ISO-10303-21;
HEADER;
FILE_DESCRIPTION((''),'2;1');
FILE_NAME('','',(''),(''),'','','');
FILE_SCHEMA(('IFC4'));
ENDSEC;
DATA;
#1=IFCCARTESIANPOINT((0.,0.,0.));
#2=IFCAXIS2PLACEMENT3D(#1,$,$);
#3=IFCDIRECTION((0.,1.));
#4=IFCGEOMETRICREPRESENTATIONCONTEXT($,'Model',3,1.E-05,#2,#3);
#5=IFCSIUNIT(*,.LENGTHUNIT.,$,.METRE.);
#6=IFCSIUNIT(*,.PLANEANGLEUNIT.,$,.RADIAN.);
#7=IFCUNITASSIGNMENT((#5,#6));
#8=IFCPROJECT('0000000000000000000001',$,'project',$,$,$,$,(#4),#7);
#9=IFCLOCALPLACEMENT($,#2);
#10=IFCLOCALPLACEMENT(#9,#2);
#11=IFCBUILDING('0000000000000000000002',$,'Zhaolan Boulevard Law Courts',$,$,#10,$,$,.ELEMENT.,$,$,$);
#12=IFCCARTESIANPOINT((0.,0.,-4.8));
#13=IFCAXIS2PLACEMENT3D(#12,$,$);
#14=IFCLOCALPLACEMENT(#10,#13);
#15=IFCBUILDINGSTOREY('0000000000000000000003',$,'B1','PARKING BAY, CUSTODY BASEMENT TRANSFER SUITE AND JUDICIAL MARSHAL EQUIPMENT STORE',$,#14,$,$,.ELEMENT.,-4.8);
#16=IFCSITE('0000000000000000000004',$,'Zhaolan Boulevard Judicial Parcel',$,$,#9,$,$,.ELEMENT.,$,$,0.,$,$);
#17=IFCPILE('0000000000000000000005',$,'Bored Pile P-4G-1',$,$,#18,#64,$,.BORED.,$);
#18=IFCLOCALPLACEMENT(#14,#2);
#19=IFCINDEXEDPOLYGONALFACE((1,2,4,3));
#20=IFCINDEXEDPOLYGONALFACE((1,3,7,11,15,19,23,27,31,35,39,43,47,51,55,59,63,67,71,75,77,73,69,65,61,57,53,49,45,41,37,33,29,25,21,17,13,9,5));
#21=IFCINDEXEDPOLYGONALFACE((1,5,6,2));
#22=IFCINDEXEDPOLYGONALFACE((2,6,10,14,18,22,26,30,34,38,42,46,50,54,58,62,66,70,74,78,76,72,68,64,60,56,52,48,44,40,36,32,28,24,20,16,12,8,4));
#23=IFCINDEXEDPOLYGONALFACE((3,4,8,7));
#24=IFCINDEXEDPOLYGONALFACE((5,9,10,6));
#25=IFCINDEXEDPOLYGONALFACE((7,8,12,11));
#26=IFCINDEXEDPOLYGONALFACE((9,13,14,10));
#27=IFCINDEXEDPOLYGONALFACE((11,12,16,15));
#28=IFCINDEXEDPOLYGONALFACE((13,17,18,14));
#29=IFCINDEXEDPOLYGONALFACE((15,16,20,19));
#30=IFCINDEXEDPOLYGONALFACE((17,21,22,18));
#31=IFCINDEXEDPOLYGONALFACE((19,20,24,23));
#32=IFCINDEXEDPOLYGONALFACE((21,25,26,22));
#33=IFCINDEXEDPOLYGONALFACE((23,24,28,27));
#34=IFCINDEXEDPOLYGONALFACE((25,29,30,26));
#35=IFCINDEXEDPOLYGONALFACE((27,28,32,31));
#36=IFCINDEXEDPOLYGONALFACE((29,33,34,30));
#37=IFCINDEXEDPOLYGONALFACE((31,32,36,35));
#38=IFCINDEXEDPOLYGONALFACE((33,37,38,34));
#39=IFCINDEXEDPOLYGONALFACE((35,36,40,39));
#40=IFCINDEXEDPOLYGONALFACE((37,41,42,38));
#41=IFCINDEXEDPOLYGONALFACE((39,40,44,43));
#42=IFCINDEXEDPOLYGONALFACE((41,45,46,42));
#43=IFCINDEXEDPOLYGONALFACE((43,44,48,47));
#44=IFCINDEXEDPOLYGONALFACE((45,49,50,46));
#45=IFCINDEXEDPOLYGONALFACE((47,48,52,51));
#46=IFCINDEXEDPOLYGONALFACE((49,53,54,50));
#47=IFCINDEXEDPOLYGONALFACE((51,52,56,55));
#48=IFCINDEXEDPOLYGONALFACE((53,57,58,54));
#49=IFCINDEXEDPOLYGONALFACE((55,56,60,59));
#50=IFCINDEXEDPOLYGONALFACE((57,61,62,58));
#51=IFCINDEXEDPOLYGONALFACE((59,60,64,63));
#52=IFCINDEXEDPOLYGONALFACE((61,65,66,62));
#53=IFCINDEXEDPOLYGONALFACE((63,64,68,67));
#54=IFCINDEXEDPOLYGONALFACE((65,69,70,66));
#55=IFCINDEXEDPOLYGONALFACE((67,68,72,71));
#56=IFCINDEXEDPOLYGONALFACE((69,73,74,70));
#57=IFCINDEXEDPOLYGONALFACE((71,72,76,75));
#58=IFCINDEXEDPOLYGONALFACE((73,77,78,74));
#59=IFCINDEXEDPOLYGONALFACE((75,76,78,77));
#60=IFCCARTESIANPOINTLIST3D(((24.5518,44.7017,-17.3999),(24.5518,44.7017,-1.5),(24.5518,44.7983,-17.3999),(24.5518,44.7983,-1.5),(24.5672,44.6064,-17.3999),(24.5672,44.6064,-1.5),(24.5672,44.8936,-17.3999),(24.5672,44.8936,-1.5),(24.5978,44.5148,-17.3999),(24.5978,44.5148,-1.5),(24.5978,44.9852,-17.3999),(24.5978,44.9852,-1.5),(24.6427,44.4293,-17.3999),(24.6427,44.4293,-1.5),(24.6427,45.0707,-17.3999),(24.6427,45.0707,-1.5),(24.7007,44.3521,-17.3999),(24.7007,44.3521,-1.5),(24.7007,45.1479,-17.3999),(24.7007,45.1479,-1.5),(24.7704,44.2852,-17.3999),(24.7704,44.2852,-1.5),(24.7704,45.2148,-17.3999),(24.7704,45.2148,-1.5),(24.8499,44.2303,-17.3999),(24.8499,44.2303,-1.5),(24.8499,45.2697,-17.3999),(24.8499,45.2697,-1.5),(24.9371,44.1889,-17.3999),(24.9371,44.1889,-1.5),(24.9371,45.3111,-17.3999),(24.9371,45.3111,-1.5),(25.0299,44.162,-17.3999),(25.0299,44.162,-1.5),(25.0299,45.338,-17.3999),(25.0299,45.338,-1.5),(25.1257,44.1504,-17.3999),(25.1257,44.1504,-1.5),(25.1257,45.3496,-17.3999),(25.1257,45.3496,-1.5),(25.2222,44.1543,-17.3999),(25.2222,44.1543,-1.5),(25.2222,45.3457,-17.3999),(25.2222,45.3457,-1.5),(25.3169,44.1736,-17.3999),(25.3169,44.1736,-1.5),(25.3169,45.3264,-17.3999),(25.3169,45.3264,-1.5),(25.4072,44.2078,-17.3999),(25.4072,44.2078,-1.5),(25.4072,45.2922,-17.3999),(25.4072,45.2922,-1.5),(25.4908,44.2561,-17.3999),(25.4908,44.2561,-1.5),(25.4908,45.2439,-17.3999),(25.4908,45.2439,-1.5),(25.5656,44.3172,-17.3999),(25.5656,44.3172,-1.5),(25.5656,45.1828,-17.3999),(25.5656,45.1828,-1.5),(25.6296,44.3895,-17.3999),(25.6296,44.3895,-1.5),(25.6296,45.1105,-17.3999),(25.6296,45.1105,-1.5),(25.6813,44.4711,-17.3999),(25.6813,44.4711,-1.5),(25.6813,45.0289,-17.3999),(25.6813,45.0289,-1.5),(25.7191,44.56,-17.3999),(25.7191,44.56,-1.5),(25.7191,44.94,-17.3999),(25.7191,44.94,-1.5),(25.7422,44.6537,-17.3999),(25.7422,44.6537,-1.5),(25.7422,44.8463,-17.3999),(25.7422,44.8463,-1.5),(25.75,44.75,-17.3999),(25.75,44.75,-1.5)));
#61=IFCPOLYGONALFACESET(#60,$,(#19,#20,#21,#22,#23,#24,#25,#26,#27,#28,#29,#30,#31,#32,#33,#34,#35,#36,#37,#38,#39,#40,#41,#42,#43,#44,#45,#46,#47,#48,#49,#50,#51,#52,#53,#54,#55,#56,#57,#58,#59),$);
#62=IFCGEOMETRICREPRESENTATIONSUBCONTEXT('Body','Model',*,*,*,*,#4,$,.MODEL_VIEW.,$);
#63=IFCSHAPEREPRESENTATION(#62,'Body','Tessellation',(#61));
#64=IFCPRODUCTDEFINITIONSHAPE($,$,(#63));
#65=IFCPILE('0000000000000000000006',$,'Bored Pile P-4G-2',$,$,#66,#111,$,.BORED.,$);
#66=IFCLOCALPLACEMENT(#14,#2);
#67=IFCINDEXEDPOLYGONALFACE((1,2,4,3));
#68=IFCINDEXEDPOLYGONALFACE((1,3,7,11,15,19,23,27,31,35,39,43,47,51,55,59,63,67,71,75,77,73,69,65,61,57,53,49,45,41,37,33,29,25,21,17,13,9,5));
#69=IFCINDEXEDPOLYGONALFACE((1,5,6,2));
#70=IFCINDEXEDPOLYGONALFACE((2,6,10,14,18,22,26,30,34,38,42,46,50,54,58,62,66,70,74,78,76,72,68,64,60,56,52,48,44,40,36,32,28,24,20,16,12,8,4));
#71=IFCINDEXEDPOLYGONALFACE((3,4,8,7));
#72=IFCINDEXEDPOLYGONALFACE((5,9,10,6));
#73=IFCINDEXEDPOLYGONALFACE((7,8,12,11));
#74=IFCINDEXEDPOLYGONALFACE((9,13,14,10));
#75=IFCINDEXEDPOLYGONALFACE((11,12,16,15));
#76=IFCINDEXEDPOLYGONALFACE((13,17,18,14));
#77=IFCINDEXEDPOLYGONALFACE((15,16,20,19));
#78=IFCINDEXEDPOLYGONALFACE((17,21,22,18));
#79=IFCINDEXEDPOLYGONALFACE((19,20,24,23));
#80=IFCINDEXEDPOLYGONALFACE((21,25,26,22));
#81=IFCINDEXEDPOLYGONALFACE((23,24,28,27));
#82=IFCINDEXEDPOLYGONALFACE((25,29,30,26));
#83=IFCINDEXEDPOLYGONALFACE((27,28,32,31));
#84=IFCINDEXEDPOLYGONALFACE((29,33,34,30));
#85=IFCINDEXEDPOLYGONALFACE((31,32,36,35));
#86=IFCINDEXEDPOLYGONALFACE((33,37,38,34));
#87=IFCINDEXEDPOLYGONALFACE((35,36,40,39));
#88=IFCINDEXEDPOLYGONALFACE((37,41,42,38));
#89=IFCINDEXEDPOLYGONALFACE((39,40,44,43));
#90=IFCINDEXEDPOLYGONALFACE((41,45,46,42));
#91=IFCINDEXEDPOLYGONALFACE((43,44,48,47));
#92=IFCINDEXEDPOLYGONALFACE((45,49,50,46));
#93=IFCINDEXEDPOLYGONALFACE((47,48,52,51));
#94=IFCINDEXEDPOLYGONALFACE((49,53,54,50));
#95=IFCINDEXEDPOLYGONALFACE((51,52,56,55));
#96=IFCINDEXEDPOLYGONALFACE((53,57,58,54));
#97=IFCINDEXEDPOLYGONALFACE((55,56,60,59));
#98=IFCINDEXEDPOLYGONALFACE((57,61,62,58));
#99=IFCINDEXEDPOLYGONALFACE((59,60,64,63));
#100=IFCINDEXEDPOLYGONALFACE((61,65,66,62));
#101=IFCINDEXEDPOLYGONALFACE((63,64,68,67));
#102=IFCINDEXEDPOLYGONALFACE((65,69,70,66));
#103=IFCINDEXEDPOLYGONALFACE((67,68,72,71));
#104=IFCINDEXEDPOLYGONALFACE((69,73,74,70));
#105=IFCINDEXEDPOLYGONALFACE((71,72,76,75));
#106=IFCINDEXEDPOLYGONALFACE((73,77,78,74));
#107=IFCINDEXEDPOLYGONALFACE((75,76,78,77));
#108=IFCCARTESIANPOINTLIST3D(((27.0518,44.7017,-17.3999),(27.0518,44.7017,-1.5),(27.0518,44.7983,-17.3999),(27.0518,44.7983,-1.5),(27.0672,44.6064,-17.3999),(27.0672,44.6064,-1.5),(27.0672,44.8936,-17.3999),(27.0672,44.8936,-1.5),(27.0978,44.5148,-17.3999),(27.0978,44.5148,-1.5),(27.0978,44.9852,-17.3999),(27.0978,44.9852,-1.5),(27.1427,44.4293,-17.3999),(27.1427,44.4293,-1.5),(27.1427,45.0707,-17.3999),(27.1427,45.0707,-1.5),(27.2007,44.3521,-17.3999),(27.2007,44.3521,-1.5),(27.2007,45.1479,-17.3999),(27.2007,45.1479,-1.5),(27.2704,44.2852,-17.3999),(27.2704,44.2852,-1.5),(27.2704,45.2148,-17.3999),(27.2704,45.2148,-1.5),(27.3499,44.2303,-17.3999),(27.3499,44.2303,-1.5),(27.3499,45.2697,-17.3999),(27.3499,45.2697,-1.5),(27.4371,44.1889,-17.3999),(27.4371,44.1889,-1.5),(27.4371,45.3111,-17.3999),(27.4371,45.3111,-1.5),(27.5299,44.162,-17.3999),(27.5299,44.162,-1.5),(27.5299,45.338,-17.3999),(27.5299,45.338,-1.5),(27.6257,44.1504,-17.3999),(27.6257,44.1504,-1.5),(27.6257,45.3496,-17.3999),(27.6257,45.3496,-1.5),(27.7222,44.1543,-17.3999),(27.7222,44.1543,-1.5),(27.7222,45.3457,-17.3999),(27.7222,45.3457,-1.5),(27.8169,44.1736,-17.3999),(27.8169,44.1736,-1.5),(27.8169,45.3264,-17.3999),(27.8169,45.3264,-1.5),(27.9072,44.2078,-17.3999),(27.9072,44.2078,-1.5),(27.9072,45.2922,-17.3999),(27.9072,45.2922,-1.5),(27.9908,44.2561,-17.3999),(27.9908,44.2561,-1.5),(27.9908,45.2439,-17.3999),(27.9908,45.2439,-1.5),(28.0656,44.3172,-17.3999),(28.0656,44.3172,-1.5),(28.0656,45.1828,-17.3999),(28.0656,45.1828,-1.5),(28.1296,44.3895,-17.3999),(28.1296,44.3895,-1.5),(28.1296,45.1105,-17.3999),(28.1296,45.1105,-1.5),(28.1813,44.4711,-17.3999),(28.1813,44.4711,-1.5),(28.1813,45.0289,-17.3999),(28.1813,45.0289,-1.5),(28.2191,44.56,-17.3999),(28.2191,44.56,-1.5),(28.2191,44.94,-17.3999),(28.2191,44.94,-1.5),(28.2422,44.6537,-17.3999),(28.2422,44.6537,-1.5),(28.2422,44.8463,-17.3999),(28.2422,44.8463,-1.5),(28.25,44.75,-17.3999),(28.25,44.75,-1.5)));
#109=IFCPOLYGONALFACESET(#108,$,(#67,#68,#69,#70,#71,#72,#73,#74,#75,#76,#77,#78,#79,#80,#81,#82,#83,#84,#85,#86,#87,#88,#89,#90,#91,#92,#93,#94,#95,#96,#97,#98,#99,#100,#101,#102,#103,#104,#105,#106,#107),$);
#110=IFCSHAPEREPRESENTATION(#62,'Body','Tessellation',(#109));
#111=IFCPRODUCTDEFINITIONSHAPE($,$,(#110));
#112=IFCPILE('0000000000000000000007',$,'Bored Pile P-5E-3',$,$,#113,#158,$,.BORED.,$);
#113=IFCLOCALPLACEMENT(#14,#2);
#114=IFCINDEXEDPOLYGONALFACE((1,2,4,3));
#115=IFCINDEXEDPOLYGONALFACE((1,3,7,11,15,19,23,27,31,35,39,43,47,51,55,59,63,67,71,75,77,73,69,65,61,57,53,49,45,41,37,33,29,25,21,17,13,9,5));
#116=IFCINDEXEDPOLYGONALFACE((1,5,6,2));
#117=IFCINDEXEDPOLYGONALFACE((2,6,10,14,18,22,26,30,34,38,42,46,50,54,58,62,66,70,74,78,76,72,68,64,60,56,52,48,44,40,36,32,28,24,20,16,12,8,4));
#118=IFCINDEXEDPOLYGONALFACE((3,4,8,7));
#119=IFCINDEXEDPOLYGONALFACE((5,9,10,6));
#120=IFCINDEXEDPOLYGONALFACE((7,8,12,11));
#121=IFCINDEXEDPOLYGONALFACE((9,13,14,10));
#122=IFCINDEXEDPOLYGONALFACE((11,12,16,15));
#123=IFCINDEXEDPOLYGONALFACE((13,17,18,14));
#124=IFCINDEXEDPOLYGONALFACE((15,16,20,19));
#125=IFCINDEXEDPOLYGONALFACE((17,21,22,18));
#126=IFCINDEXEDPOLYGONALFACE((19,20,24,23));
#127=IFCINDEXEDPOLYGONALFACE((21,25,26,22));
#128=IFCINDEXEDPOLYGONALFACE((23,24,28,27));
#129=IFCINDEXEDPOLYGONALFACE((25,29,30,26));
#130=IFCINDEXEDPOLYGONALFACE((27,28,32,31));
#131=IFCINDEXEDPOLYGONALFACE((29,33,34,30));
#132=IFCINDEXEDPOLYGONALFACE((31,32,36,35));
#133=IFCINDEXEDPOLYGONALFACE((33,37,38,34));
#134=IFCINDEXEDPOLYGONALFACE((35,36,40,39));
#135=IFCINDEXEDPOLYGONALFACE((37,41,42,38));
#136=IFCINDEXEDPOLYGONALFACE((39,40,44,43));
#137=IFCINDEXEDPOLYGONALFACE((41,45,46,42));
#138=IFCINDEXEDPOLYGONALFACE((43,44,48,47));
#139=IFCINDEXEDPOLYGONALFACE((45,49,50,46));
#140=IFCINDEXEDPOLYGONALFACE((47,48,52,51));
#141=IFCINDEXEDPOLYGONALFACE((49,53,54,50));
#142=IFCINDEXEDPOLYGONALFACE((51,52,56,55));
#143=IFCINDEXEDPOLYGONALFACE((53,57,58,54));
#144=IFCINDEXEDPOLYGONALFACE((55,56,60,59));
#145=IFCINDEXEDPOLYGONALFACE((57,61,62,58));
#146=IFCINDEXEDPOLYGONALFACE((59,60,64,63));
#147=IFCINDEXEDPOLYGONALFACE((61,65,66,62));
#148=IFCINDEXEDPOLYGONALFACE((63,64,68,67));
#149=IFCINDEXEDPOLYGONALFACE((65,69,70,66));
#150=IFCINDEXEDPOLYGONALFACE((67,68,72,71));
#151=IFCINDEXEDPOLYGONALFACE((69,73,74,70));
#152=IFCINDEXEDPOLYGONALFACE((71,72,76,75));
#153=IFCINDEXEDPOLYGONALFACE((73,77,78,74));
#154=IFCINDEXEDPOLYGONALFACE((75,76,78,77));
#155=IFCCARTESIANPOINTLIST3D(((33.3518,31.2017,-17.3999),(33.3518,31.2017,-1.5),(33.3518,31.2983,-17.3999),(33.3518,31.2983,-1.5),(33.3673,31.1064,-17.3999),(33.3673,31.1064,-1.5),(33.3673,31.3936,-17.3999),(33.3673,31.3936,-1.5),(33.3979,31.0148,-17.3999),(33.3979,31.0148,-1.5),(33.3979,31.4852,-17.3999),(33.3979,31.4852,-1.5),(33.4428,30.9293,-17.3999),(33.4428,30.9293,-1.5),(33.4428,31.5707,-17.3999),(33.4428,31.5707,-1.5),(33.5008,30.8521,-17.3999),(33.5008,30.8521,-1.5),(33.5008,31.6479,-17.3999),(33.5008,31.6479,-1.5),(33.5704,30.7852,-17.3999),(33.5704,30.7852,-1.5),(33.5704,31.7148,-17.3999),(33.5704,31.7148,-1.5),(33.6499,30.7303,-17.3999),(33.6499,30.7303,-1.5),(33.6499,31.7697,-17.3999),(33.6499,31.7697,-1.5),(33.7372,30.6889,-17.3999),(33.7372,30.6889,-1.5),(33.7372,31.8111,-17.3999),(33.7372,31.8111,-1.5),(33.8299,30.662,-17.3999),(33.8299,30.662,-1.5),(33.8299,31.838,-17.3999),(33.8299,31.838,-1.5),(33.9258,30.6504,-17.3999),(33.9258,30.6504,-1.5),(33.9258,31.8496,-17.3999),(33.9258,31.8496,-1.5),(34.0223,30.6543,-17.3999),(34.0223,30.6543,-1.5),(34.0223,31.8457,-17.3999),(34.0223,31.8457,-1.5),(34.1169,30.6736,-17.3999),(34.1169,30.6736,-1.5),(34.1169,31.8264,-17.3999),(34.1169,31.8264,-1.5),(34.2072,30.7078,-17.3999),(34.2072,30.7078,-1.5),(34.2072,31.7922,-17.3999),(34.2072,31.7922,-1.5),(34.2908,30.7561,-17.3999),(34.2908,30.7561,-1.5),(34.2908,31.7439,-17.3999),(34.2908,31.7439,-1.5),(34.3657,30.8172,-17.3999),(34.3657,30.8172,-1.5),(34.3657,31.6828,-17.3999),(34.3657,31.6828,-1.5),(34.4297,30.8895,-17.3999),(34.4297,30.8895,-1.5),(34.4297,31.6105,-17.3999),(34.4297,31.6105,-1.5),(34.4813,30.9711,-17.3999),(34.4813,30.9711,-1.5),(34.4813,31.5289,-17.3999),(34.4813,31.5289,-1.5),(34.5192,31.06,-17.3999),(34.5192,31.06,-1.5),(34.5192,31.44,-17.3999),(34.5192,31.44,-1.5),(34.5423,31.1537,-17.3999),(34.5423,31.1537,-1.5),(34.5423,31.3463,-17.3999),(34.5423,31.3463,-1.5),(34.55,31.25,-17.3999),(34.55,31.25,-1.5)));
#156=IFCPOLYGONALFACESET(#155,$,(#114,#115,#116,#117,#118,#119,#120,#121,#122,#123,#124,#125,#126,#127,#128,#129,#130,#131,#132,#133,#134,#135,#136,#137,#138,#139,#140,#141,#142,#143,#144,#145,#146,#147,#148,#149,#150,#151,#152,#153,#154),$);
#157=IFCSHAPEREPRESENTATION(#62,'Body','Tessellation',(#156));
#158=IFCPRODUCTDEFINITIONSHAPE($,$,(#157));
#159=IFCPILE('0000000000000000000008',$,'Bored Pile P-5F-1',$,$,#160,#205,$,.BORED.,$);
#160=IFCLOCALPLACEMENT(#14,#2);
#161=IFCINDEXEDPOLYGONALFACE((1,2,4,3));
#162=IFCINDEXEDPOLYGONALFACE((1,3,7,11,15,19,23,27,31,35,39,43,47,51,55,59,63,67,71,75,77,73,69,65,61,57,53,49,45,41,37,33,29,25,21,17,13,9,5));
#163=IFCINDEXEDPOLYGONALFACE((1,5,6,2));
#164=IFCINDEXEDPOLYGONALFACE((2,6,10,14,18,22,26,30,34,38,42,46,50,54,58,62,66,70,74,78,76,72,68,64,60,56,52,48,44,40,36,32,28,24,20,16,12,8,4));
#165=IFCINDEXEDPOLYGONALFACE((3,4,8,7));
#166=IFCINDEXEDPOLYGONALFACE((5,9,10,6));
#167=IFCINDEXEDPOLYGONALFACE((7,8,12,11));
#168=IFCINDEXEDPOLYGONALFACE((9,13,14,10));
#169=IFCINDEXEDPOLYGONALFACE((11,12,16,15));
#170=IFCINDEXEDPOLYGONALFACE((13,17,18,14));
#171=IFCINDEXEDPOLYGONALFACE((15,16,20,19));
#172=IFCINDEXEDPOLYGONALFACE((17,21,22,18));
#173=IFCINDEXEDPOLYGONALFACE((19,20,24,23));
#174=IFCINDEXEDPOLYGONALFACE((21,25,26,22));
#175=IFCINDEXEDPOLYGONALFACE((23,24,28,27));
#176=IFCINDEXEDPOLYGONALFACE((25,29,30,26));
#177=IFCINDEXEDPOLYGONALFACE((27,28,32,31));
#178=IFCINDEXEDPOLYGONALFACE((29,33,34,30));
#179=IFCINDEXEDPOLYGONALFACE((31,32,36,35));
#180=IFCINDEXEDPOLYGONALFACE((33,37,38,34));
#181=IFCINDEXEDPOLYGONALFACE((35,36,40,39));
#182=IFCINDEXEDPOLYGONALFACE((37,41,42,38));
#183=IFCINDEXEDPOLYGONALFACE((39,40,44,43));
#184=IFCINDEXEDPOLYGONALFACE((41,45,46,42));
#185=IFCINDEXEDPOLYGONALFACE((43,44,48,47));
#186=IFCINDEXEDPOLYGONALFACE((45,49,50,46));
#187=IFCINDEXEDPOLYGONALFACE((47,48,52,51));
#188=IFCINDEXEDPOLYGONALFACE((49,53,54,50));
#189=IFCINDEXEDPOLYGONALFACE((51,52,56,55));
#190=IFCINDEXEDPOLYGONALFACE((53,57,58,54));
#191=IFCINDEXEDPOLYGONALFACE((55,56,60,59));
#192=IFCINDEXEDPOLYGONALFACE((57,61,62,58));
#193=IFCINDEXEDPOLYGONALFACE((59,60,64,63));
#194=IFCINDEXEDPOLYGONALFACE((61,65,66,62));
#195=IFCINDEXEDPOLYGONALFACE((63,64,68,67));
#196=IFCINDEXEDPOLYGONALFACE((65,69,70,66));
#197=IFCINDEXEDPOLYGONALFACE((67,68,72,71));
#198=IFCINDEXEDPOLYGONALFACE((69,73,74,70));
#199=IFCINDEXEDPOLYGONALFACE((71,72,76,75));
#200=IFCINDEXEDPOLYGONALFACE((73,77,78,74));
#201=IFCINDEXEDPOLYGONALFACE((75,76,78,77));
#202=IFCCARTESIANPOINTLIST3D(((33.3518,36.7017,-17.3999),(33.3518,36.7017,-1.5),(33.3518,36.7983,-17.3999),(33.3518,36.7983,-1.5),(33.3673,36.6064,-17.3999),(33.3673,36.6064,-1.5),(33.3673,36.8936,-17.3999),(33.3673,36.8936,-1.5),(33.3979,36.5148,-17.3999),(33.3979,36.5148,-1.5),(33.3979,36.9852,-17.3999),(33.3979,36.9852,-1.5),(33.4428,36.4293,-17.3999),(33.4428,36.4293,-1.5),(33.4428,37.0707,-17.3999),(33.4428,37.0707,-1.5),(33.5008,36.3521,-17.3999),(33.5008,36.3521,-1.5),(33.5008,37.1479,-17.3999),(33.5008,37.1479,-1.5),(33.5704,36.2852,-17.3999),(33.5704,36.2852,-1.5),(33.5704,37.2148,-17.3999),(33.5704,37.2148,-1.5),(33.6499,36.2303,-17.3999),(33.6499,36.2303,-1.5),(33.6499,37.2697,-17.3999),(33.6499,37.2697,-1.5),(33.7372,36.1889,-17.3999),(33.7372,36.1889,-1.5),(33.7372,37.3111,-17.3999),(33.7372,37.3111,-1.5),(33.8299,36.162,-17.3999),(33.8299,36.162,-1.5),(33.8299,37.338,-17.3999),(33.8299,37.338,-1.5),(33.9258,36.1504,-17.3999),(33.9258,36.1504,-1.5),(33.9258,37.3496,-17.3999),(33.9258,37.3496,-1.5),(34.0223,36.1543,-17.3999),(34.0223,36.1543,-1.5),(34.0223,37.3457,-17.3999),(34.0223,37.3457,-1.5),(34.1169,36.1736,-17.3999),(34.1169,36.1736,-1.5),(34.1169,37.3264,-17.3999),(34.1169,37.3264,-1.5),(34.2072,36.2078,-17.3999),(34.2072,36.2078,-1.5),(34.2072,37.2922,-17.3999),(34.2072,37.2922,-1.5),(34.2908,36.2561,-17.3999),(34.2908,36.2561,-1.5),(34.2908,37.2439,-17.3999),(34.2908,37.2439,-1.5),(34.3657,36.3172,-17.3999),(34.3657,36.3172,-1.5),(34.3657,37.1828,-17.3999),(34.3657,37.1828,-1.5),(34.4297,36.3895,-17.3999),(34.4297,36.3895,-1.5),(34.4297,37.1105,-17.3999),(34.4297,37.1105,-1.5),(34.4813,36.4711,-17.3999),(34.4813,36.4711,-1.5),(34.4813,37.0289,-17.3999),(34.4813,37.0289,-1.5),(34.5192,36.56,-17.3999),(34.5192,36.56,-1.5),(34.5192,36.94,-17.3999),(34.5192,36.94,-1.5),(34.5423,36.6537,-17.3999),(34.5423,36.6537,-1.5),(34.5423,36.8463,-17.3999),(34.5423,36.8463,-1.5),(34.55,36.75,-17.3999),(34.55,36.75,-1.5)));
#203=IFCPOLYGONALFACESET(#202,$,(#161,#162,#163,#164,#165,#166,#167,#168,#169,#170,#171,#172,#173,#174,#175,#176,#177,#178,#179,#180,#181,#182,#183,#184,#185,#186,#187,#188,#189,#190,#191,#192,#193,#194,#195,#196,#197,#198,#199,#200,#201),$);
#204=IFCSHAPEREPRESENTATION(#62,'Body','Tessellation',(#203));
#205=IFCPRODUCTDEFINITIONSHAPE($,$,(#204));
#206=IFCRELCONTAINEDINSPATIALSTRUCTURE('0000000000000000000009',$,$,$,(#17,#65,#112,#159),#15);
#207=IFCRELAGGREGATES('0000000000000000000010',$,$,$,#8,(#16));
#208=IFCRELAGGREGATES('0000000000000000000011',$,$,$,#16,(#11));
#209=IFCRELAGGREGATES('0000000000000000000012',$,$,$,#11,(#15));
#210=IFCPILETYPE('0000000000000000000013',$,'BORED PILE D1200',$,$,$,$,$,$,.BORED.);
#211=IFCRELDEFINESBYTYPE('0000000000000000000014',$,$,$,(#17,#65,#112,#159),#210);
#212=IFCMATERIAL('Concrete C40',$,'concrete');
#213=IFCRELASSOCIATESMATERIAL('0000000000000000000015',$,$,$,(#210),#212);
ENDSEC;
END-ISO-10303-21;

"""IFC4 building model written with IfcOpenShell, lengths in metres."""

from ifc_helpers import new_model, si_unit, direction, frame, origin, origin_2d, place, context, subcontext, project, spatial, circle, extrude, material, material_profile, profile_set, type_object, element, save


model = new_model("IFC4")

# Units and contexts
model_context = context("Model", 3, precision=1e-05, world=origin(), true_north=direction((0.0, 1.0)))
body_context = subcontext(model_context, "Body", "Model", "MODEL_VIEW")
ifc_project = project(units=[si_unit("LENGTHUNIT", "METRE"), si_unit("PLANEANGLEUNIT", "RADIAN")], contexts=[model_context])

# Site, building, storey
site_placement = place(None, origin())
site = spatial("IfcSite", under=ifc_project, at=site_placement, Name="Zhaolan Boulevard Judicial Parcel", CompositionType="ELEMENT", RefElevation=0.0)
building_placement = place(site_placement, origin())
building = spatial("IfcBuilding", under=site, at=building_placement, Name="Zhaolan Boulevard Law Courts", CompositionType="ELEMENT")
storey_placement = place(building_placement, frame((0.0, 0.0, -4.8)))
storey = spatial("IfcBuildingStorey", under=building, at=storey_placement, Name="B1", Description="PARKING BAY, CUSTODY BASEMENT TRANSFER SUITE AND JUDICIAL MARSHAL EQUIPMENT STORE", CompositionType="ELEMENT", Elevation=-4.8)

# Piles
ifc_material_1 = material(Name="Concrete C40", Category="concrete")
ifc_material_profile_1 = material_profile(ifc_material_1, circle(Radius=0.6001, at=origin_2d()), Name="PILE-D1200")
ifc_profile_set_1 = profile_set([ifc_material_profile_1], Name="Concrete C40")
pile_type = type_object("IfcPileType", Name="BORED PILE D1200", PredefinedType="BORED", material=ifc_profile_set_1)
for number, where, z_axis, x_axis, name in (
    (1, (25.1499, 44.75, -1.5), (0.0, 0.0, -1.0), (1.0, 0.0, 0.0), "Bored Pile P-4G-1"),
    (2, (27.6499, 44.75, -1.5), (0.0, 0.0, -1.0), (1.0, 0.0, 0.0), "Bored Pile P-4G-2"),
    (3, (33.95, 31.25, -1.5), (0.0, 0.0, -1.0), (1.0, 0.0, 0.0), "Bored Pile P-5E-3"),
    (4, (33.95, 36.75, -1.5), (0.0, 0.0, -1.0), (1.0, 0.0, 0.0), "Bored Pile P-5F-1"),
):
    element("IfcPile", number, at=place(storey_placement, frame(where, z_axis=z_axis, x_axis=x_axis)), inside=storey, type_object=pile_type, Name=name, PredefinedType="BORED", context=body_context, shape_type="SweptSolid", body=[
        extrude(circle(Radius=0.6001, at=origin_2d()), origin(), (0.0, 0.0, 1.0), 15.8999),
    ])

save(model, "model.ifc")
